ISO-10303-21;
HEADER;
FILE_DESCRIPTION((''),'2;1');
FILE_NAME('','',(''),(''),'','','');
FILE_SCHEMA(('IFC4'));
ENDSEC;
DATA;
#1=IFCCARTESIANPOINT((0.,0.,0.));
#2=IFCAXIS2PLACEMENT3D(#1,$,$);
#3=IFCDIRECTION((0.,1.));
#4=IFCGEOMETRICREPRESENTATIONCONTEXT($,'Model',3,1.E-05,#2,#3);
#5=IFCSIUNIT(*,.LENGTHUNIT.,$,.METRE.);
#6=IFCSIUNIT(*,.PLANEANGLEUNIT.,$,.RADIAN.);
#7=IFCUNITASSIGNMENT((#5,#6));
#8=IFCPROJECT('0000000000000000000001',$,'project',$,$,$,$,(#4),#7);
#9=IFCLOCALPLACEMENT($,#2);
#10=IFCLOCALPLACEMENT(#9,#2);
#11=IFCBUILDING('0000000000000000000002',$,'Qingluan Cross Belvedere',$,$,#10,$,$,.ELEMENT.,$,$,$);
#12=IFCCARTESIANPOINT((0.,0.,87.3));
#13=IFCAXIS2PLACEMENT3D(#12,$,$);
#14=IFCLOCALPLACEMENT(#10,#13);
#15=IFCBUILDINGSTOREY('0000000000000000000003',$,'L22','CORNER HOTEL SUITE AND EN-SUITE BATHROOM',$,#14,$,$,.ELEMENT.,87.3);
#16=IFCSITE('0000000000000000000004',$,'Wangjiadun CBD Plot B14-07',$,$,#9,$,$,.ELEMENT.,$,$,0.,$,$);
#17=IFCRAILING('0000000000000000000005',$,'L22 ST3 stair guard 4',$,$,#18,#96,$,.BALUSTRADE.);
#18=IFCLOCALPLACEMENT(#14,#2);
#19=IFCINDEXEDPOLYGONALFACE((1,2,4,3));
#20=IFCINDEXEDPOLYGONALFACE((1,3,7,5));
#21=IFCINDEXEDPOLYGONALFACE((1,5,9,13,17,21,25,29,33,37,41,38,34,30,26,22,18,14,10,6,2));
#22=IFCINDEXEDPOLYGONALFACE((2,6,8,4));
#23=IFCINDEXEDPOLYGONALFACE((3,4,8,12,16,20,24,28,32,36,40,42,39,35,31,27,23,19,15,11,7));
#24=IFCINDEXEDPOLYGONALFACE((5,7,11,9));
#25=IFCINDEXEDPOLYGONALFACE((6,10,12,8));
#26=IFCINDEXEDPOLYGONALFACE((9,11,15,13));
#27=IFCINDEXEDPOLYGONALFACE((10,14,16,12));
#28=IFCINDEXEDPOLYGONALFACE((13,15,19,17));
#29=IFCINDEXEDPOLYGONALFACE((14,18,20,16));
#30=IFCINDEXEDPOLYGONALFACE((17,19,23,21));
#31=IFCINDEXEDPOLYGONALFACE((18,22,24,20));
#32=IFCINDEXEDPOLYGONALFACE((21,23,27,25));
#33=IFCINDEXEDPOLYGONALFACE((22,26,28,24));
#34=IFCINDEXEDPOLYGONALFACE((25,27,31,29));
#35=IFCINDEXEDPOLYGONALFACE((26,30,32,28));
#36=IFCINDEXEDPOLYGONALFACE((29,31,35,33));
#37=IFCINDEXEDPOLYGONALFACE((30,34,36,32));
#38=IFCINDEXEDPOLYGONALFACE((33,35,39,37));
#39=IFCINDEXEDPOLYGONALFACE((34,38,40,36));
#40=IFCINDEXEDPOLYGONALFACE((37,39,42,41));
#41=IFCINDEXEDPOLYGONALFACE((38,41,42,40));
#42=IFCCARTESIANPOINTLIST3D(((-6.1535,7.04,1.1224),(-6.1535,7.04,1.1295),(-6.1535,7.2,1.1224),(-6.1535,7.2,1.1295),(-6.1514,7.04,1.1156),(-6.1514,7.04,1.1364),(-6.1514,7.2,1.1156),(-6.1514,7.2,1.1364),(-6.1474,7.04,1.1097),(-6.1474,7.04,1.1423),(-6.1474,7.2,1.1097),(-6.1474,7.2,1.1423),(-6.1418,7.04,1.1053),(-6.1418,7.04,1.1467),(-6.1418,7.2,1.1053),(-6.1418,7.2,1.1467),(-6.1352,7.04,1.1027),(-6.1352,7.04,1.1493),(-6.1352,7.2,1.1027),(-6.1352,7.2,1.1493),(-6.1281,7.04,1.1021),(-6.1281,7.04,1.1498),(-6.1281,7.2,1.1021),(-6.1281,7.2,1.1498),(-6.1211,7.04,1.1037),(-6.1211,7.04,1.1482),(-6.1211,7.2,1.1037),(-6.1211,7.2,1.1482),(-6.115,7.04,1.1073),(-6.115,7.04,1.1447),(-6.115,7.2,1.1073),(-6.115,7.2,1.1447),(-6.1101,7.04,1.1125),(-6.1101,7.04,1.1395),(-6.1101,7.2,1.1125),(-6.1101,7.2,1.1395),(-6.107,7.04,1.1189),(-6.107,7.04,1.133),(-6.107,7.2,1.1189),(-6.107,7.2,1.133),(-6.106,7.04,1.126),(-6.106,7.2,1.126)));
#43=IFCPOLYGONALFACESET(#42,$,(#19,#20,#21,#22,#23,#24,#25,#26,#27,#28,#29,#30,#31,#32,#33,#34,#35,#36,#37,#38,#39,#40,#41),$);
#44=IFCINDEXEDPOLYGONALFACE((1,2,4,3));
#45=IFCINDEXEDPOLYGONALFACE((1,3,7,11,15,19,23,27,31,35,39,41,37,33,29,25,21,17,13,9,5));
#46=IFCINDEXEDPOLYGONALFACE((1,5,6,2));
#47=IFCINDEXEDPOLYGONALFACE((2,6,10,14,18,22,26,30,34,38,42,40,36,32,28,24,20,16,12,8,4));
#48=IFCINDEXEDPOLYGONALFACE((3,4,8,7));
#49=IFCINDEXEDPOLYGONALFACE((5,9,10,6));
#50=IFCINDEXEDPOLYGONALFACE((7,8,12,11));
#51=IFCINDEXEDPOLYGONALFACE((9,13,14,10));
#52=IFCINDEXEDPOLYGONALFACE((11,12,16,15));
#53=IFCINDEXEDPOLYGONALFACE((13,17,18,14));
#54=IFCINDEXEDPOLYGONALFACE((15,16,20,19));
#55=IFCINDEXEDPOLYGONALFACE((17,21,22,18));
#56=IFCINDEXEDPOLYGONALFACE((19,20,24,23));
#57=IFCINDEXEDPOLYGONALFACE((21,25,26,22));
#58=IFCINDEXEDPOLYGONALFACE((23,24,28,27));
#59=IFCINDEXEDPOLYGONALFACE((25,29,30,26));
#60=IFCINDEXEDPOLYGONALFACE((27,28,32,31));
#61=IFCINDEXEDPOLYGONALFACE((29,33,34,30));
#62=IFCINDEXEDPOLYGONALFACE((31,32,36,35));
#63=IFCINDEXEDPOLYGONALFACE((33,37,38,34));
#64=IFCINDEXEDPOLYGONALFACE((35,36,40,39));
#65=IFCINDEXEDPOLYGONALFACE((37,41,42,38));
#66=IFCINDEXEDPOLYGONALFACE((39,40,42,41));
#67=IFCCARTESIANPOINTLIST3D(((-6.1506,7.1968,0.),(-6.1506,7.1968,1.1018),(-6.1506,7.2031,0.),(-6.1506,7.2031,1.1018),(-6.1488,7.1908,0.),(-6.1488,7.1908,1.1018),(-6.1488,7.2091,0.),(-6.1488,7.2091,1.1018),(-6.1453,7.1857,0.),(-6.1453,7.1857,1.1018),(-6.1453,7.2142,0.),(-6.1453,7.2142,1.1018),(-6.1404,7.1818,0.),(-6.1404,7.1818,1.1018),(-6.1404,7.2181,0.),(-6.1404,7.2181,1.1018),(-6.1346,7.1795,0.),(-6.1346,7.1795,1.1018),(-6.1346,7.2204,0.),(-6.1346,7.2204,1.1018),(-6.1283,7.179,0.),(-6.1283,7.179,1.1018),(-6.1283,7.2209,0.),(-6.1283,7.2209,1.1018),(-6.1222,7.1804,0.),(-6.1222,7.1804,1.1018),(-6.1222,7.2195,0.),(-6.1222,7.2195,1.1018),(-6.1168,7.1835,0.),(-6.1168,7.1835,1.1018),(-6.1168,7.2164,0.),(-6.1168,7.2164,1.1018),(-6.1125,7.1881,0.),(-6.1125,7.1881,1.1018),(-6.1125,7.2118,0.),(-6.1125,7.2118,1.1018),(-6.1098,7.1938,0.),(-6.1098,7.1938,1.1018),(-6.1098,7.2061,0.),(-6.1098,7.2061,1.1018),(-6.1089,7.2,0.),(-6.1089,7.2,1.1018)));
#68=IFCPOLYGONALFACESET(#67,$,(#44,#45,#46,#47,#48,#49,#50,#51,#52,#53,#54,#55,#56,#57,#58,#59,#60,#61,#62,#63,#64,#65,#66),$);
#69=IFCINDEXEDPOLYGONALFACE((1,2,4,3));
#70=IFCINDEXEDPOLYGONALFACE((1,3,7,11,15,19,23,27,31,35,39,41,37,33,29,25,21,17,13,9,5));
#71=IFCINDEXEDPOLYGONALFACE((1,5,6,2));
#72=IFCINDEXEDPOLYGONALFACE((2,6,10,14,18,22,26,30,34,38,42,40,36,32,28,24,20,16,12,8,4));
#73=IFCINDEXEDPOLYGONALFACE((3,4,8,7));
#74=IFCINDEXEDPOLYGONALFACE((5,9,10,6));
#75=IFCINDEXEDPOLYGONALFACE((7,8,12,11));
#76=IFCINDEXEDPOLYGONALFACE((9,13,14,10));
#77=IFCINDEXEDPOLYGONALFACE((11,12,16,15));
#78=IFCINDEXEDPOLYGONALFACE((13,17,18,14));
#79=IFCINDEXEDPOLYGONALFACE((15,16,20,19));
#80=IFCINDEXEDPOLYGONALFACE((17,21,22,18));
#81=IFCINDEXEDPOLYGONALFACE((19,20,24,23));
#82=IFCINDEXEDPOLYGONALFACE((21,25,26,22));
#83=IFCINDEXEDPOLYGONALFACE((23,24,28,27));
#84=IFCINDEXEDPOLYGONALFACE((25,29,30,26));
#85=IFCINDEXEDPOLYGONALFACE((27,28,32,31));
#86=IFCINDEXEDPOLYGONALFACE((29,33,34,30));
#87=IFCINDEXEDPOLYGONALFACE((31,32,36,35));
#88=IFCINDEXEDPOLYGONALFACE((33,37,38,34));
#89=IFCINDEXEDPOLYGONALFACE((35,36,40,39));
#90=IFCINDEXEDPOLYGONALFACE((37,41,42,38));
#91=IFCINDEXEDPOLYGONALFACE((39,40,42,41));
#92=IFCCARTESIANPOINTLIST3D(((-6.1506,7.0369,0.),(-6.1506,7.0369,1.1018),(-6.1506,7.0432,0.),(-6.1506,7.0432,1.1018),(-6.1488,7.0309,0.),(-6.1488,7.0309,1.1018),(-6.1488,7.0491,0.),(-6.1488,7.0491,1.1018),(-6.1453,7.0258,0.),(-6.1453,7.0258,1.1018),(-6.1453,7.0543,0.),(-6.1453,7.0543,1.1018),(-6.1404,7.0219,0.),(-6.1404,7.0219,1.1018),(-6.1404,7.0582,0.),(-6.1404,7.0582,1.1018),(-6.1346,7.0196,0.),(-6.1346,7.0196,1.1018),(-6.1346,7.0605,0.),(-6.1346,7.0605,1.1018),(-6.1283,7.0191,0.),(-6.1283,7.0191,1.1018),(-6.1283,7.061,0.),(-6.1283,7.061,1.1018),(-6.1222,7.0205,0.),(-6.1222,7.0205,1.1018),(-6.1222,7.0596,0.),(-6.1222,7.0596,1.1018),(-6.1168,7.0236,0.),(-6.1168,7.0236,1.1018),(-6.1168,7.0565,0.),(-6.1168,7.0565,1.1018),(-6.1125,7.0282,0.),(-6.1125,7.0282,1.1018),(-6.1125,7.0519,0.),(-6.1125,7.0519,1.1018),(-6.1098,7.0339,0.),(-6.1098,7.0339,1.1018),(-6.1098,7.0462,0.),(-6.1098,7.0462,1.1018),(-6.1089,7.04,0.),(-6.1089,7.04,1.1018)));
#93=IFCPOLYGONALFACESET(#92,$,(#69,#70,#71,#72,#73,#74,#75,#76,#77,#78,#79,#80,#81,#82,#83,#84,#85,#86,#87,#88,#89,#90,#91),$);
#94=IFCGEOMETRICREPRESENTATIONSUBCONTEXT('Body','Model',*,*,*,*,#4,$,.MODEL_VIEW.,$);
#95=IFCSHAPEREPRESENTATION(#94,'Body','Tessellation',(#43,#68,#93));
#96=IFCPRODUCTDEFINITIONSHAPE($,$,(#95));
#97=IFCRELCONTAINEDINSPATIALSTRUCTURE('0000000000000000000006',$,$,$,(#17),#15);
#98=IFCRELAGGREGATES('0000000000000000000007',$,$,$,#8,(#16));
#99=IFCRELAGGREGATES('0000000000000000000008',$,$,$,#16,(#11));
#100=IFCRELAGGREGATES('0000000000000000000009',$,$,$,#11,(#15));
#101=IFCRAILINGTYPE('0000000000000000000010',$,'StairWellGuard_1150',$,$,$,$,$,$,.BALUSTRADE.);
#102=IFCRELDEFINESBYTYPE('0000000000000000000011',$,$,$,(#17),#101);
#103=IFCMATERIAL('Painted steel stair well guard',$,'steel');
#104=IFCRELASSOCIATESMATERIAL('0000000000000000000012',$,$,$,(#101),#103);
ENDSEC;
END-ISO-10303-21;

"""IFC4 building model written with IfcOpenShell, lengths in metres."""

from ifc_helpers import new_model, si_unit, direction, frame, origin, origin_2d, place, context, subcontext, project, spatial, circle, extrude, material, type_object, element, save


model = new_model("IFC4")

# Units and contexts
model_context = context("Model", 3, precision=1e-05, world=origin(), true_north=direction((0.0, 1.0)))
body_context = subcontext(model_context, "Body", "Model", "MODEL_VIEW")
ifc_project = project(units=[si_unit("LENGTHUNIT", "METRE"), si_unit("PLANEANGLEUNIT", "RADIAN")], contexts=[model_context])

# Site, building, storey
site_placement = place(None, origin())
site = spatial("IfcSite", under=ifc_project, at=site_placement, Name="Wangjiadun CBD Plot B14-07", CompositionType="ELEMENT", RefElevation=0.0)
building_placement = place(site_placement, origin())
building = spatial("IfcBuilding", under=site, at=building_placement, Name="Qingluan Cross Belvedere", CompositionType="ELEMENT")
storey_placement = place(building_placement, frame((0.0, 0.0, 87.3)))
storey = spatial("IfcBuildingStorey", under=building, at=storey_placement, Name="L22", Description="CORNER HOTEL SUITE AND EN-SUITE BATHROOM", CompositionType="ELEMENT", Elevation=87.3)

# Railing
ifc_material_1 = material(Name="Painted steel stair well guard", Category="steel")
railing_type_1 = type_object("IfcRailingType", Name="StairWellGuard_1150", PredefinedType="BALUSTRADE", material=ifc_material_1)
railing_1_placement = place(storey_placement, frame((-6.1299, 7.2, 0.0)))
element("IfcRailing", 1, at=railing_1_placement, inside=storey, type_object=railing_type_1, Name="L22 ST3 stair guard 4", PredefinedType="BALUSTRADE", context=body_context, shape_type="SweptSolid", body=[
    extrude(circle(Radius=0.0239, at=origin_2d()), frame((0.0, 0.0, 1.126), z_axis=(0.0, -1.0, 0.0), x_axis=(1.0, 0.0, 0.0)), (0.0, 0.0, 1.0), 0.1599),
    extrude(circle(Radius=0.021, at=origin_2d()), origin(), (0.0, 0.0, 1.0), 1.1018),
    extrude(circle(Radius=0.021, at=origin_2d()), frame((0.0, -0.1599, 0.0)), (0.0, 0.0, 1.0), 1.1018),
])

save(model, "model.ifc")
